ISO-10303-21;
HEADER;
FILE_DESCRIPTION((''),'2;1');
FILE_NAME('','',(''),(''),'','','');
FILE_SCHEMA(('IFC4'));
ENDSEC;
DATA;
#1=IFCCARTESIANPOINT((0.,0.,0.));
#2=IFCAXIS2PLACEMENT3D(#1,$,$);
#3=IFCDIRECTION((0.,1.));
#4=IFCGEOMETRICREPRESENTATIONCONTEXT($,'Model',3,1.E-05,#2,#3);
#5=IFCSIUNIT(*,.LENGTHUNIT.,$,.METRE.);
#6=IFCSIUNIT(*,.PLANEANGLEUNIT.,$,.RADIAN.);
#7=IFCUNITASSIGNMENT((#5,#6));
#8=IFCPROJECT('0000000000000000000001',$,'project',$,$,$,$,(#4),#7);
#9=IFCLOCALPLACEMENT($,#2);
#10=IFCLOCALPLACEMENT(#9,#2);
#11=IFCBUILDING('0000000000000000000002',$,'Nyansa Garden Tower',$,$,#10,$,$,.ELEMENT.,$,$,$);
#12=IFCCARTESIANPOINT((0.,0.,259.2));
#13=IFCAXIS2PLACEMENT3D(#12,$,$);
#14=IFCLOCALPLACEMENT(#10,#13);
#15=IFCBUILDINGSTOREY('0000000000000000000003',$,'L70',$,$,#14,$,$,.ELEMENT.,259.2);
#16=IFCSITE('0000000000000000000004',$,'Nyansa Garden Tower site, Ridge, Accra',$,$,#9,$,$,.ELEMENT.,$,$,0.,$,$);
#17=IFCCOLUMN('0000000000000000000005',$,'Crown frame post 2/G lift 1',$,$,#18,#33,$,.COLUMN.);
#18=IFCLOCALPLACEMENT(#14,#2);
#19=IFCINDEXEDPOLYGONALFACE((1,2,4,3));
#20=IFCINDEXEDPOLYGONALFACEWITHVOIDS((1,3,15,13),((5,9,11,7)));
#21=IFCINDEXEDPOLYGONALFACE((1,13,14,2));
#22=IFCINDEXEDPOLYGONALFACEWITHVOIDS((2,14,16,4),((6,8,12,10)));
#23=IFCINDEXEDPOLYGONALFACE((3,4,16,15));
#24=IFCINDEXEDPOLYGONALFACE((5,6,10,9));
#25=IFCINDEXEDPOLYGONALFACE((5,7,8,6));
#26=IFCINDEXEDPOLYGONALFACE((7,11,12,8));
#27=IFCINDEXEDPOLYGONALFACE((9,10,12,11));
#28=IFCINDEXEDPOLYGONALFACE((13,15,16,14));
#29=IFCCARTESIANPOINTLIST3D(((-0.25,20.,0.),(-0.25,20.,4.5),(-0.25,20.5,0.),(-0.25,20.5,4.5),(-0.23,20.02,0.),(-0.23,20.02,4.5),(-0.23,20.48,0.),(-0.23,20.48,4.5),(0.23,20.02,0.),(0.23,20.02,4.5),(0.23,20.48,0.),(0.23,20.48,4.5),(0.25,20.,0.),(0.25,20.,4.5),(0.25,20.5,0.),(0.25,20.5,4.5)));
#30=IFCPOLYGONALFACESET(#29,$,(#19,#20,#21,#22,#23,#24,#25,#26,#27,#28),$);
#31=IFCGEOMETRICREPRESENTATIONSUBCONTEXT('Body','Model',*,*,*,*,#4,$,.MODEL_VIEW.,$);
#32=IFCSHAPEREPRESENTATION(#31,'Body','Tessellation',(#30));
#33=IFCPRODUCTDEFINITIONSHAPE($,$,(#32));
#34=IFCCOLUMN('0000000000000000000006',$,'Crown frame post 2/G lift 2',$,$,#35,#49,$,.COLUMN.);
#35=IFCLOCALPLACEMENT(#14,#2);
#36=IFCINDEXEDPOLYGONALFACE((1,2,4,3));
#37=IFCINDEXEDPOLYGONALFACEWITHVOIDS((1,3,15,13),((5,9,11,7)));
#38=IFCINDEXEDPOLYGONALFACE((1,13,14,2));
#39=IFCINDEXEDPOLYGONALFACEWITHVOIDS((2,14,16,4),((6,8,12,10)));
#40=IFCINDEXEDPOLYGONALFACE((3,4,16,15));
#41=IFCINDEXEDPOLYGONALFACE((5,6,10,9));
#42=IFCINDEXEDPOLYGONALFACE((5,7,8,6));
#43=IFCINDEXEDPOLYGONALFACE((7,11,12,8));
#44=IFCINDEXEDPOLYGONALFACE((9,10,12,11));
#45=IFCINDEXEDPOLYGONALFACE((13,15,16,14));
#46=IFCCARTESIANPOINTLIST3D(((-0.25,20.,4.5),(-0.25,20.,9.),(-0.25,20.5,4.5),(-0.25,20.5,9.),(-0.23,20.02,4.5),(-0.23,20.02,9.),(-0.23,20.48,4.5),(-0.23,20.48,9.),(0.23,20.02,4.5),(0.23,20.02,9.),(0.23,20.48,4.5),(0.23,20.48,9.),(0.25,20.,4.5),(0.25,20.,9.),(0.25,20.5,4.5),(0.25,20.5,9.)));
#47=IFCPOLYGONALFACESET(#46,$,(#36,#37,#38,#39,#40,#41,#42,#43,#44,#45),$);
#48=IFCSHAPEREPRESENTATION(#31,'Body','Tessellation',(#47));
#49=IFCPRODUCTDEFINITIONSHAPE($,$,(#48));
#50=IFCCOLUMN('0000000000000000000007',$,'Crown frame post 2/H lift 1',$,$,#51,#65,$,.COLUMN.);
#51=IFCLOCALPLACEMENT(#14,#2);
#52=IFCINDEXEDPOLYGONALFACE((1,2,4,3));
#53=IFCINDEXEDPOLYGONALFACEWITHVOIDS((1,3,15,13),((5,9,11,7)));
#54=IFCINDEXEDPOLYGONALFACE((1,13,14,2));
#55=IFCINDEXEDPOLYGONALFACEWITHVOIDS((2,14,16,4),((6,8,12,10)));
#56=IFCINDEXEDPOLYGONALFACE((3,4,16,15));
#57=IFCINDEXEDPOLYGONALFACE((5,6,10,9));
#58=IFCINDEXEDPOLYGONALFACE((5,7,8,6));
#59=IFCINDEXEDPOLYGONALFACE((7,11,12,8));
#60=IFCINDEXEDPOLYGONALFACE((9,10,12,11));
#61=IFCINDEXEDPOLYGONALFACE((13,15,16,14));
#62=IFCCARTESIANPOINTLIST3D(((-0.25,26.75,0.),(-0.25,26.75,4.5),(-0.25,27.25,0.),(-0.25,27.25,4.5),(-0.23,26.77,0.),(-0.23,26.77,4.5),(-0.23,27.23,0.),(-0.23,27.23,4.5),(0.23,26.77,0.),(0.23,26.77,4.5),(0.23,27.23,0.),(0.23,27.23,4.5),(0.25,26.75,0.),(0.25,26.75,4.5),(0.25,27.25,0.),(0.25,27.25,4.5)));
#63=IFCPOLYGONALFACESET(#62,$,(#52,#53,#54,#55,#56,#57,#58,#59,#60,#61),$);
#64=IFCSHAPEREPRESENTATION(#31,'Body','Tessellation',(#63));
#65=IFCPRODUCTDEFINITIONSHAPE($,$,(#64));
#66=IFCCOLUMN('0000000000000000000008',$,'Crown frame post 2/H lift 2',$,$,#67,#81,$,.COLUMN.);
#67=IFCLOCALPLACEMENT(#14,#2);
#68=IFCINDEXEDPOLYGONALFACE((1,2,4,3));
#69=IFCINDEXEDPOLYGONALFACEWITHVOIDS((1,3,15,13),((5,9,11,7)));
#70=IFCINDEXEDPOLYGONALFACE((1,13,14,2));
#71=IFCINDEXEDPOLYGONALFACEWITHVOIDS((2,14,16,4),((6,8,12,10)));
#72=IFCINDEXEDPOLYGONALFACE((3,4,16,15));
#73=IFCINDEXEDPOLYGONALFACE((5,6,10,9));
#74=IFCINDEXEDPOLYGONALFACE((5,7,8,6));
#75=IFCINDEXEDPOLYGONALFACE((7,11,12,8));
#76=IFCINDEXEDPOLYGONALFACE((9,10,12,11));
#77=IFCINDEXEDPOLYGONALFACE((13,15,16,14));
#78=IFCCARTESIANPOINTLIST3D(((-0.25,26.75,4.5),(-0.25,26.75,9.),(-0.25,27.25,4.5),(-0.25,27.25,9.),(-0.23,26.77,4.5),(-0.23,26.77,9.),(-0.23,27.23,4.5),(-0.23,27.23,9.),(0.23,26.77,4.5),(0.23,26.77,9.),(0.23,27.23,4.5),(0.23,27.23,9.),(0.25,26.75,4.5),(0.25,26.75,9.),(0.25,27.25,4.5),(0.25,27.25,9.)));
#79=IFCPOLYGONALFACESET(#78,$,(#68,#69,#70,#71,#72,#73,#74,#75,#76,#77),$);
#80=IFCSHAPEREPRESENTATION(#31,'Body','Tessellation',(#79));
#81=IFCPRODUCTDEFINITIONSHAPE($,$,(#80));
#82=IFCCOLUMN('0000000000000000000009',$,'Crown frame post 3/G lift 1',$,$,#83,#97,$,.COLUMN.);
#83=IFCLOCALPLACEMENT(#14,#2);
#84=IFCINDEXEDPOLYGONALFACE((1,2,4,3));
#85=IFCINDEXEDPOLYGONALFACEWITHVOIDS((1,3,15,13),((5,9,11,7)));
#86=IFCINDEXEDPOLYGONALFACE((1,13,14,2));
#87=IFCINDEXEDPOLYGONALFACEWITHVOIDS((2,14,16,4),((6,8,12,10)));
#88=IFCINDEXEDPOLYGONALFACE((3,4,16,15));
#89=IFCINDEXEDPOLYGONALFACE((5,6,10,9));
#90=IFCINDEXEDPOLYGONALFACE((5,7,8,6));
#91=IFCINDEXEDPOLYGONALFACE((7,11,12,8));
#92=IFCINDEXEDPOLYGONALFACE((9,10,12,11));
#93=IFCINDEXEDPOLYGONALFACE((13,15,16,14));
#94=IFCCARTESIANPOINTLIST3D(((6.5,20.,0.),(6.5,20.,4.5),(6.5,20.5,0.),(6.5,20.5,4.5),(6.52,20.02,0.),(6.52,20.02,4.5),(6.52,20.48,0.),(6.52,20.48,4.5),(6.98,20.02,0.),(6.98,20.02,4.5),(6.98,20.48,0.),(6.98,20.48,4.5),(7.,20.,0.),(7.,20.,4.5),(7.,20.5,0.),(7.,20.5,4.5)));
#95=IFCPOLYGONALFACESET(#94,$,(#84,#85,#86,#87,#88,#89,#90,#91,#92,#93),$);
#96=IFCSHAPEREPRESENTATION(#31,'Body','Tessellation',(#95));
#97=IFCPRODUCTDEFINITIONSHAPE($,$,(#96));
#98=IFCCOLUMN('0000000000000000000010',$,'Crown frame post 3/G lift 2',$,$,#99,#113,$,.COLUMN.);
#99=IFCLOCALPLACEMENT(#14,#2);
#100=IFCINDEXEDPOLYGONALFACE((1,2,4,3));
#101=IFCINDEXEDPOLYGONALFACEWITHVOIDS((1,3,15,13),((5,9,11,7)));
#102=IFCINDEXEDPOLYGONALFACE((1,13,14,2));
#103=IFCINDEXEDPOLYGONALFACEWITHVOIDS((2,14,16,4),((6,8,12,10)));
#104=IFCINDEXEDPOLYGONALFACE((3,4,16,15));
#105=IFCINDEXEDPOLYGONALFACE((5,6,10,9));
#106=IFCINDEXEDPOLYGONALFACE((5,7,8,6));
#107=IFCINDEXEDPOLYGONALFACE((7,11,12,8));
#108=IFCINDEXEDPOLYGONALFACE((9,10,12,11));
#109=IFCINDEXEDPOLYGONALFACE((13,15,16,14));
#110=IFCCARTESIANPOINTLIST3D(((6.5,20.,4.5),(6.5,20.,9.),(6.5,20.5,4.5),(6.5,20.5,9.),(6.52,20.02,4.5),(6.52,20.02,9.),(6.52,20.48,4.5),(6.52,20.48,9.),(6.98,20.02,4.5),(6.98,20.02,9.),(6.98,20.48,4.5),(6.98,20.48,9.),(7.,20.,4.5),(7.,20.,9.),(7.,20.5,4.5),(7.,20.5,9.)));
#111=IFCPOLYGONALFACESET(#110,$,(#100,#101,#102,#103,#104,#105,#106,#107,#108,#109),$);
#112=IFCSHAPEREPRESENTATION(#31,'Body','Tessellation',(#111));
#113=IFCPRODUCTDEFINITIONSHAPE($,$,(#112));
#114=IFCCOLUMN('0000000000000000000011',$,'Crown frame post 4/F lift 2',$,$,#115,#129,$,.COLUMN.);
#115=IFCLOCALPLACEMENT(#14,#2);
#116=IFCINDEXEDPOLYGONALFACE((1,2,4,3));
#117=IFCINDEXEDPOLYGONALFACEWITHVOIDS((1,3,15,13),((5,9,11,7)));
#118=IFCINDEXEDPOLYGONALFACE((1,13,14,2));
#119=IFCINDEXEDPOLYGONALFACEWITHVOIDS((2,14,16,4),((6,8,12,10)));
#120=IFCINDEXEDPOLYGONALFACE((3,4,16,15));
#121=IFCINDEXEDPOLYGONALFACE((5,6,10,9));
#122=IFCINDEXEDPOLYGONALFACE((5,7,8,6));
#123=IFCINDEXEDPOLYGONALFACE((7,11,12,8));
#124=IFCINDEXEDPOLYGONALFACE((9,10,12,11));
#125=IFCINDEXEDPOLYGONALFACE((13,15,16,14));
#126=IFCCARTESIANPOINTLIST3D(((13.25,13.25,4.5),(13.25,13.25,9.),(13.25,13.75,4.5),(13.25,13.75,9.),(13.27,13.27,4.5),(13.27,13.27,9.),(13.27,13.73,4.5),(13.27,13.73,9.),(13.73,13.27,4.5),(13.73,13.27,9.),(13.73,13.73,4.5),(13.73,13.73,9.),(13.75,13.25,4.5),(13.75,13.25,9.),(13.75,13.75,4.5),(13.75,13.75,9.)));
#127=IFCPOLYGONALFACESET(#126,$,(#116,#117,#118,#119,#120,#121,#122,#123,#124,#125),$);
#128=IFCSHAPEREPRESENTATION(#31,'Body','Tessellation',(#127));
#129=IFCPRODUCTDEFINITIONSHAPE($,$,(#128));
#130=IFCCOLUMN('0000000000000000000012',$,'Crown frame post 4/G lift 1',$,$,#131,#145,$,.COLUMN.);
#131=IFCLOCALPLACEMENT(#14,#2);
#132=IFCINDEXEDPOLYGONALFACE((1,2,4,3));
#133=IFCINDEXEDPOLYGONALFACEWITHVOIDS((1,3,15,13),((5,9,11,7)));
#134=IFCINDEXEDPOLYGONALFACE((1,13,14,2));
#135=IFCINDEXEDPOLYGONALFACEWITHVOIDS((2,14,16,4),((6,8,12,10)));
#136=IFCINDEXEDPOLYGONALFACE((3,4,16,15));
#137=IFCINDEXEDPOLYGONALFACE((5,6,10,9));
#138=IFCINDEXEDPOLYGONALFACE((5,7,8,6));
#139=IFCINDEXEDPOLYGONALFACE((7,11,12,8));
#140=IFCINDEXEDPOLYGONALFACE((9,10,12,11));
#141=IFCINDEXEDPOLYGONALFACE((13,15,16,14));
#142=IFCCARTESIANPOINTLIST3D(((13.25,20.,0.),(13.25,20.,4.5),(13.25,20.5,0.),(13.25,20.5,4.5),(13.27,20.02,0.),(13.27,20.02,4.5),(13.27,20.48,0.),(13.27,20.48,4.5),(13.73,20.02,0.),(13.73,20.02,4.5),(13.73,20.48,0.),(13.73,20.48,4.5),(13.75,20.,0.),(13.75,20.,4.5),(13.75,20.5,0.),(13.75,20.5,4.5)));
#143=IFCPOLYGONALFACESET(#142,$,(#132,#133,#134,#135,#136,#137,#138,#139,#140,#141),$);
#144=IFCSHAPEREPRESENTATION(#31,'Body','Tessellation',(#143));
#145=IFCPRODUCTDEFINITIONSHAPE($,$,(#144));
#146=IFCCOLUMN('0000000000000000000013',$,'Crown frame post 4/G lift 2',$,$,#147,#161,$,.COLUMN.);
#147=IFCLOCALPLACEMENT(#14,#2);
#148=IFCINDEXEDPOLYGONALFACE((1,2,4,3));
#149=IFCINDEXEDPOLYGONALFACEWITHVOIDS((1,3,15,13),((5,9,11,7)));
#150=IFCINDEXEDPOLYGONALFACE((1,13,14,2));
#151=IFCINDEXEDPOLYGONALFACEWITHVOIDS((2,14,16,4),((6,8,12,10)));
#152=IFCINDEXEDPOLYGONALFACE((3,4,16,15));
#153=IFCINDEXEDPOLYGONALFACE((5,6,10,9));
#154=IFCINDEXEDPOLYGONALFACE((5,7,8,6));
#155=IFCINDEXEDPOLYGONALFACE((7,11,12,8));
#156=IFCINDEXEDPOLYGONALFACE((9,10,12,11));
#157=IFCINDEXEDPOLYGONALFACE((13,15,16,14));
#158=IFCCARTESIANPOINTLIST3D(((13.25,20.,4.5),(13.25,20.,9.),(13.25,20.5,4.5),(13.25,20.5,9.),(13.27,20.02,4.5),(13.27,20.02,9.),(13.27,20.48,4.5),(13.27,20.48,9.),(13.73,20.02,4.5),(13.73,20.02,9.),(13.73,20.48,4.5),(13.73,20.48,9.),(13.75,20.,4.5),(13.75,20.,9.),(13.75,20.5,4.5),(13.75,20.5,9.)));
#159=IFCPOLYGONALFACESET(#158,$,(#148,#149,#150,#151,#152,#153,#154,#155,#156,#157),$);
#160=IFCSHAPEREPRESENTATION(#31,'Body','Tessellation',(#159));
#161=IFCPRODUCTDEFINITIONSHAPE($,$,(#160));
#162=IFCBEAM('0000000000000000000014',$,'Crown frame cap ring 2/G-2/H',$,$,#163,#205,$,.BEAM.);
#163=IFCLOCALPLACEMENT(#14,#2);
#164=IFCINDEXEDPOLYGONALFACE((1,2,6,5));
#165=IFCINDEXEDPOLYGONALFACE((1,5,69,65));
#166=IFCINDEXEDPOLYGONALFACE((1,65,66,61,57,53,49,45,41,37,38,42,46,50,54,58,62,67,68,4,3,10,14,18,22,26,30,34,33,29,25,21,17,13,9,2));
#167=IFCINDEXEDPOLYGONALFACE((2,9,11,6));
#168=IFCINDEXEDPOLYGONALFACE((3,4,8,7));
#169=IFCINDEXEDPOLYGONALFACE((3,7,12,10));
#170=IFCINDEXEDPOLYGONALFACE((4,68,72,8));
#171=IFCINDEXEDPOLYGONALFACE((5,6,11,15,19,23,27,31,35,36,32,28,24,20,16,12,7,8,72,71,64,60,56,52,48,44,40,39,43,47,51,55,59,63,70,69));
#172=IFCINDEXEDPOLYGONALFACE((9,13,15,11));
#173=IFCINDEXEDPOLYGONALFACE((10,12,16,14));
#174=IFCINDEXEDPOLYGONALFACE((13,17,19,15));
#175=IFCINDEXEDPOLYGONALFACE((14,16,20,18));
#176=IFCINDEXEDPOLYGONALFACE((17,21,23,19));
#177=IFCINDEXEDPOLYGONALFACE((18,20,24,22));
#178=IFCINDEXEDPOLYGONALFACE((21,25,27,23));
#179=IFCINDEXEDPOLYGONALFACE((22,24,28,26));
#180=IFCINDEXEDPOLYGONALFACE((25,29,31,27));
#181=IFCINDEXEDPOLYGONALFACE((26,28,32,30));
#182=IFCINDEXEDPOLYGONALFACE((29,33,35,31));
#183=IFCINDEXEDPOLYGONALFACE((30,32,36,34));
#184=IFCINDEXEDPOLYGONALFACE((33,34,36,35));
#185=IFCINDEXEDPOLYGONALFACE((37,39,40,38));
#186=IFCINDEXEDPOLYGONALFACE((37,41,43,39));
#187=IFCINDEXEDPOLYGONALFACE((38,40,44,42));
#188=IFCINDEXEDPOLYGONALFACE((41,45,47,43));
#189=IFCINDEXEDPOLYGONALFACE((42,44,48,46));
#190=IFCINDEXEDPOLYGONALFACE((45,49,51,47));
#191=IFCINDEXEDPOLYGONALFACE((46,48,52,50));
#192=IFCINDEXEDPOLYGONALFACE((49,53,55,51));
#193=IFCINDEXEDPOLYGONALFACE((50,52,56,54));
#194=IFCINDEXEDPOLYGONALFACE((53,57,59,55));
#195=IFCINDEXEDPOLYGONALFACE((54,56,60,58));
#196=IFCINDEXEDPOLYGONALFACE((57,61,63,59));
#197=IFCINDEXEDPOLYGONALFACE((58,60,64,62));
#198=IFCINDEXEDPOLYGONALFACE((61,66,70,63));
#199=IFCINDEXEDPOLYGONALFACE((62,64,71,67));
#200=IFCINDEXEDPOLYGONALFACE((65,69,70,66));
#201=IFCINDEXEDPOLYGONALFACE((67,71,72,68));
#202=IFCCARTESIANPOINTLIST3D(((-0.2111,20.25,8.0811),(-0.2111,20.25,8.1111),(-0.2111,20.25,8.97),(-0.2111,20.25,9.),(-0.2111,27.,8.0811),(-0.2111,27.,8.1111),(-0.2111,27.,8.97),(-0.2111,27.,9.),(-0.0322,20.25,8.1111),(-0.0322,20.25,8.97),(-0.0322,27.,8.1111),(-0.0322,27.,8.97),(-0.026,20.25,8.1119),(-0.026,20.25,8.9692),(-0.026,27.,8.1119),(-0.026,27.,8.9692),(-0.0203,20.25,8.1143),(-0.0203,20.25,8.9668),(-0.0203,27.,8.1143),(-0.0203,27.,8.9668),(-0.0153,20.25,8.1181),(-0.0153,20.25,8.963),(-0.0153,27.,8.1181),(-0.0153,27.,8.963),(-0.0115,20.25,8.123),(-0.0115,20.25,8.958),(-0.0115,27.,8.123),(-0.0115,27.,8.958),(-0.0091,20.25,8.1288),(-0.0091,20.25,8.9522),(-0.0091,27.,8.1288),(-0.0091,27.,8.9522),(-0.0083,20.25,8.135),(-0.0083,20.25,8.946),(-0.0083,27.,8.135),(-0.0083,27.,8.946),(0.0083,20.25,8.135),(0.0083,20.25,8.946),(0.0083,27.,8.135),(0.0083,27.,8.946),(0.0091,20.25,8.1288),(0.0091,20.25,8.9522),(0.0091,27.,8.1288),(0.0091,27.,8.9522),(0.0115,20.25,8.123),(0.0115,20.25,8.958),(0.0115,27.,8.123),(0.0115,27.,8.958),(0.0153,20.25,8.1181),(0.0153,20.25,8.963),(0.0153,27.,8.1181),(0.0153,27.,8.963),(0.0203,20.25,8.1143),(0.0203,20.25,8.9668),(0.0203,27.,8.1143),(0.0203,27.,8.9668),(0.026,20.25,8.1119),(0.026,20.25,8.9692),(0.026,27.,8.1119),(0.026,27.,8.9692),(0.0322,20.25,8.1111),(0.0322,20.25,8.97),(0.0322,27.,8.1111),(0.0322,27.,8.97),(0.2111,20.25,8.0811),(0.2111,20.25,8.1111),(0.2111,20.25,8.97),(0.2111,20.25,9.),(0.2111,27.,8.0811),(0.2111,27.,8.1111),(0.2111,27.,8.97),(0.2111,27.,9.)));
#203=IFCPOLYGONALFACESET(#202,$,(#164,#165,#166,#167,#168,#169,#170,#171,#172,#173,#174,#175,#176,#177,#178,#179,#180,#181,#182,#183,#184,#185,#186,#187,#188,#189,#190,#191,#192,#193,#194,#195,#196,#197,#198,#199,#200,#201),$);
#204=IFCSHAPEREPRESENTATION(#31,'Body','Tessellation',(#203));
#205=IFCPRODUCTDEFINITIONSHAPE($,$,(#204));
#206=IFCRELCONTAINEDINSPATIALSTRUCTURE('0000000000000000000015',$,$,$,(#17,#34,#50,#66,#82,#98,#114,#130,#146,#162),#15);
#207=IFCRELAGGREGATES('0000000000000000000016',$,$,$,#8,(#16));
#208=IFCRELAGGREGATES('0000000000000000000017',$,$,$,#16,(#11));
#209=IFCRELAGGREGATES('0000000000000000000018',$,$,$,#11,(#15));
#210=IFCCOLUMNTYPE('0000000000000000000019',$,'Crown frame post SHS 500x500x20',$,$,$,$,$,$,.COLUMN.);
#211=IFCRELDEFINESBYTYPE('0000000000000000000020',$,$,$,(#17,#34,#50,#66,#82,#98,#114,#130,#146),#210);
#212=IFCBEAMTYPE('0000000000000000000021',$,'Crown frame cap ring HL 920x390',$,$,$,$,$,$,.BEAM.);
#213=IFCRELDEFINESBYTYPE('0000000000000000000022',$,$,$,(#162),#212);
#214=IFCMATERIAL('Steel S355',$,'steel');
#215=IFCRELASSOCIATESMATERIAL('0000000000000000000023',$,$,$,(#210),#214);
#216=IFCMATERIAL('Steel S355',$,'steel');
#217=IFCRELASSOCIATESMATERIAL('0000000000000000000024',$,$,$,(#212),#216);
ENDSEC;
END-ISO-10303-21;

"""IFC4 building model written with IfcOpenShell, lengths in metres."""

from ifc_helpers import new_model, si_unit, direction, frame, origin, origin_2d, place, context, subcontext, project, spatial, hollow_rectangle, i_section, extrude, material, material_profile, profile_set, type_object, element, save


model = new_model("IFC4")

# Units and contexts
model_context = context("Model", 3, precision=1e-05, world=origin(), true_north=direction((0.0, 1.0)))
body_context = subcontext(model_context, "Body", "Model", "MODEL_VIEW")
ifc_project = project(units=[si_unit("LENGTHUNIT", "METRE"), si_unit("PLANEANGLEUNIT", "RADIAN")], contexts=[model_context])

# Site, building, storey
site_placement = place(None, origin())
site = spatial("IfcSite", under=ifc_project, at=site_placement, Name="Nyansa Garden Tower site, Ridge, Accra", CompositionType="ELEMENT", RefElevation=0.0)
building_placement = place(site_placement, origin())
building = spatial("IfcBuilding", under=site, at=building_placement, Name="Nyansa Garden Tower", CompositionType="ELEMENT")
storey_placement = place(building_placement, frame((0.0, 0.0, 259.2)))
storey = spatial("IfcBuildingStorey", under=building, at=storey_placement, Name="L70", CompositionType="ELEMENT", Elevation=259.2)

# Columns
ifc_material_1 = material(Name="Steel S355", Category="steel")
ifc_material_profile_1 = material_profile(ifc_material_1, hollow_rectangle(XDim=0.5, YDim=0.5, WallThickness=0.02, at=origin_2d()), Name="SHS 500x500x20")
ifc_profile_set_1 = profile_set([ifc_material_profile_1], Name="Steel S355")
column_type = type_object("IfcColumnType", Name="Crown frame post SHS 500x500x20", PredefinedType="COLUMN", material=ifc_profile_set_1)
for number, where, z_axis, x_axis, name in (
    (1, (0.0, 20.25, 0.0), (0.0, 0.0, 1.0), (1.0, 0.0, 0.0), "Crown frame post 2/G lift 1"),
    (2, (0.0, 20.25, 4.5), (0.0, 0.0, 1.0), (1.0, 0.0, 0.0), "Crown frame post 2/G lift 2"),
    (3, (0.0, 27.0, 0.0), (0.0, 0.0, 1.0), (1.0, 0.0, 0.0), "Crown frame post 2/H lift 1"),
    (4, (0.0, 27.0, 4.5), (0.0, 0.0, 1.0), (1.0, 0.0, 0.0), "Crown frame post 2/H lift 2"),
    (5, (6.75, 20.25, 0.0), (0.0, 0.0, 1.0), (1.0, 0.0, 0.0), "Crown frame post 3/G lift 1"),
    (6, (6.75, 20.25, 4.5), (0.0, 0.0, 1.0), (1.0, 0.0, 0.0), "Crown frame post 3/G lift 2"),
    (7, (13.5, 13.5, 4.5), (0.0, 0.0, 1.0), (1.0, 0.0, 0.0), "Crown frame post 4/F lift 2"),
    (8, (13.5, 20.25, 0.0), (0.0, 0.0, 1.0), (1.0, 0.0, 0.0), "Crown frame post 4/G lift 1"),
    (9, (13.5, 20.25, 4.5), (0.0, 0.0, 1.0), (1.0, 0.0, 0.0), "Crown frame post 4/G lift 2"),
):
    element("IfcColumn", number, at=place(storey_placement, frame(where, z_axis=z_axis, x_axis=x_axis)), inside=storey, type_object=column_type, Name=name, PredefinedType="COLUMN", context=body_context, shape_type="SweptSolid", body=[
        extrude(hollow_rectangle(XDim=0.5, YDim=0.5, WallThickness=0.02, at=origin_2d()), origin(), (0.0, 0.0, 1.0), 4.5),
    ])

# Beam
ifc_material_2 = material(Name="Steel S355", Category="steel")
ifc_material_profile_2 = material_profile(ifc_material_2, i_section(OverallWidth=0.4221, OverallDepth=0.9189, WebThickness=0.0166, FlangeThickness=0.03, FilletRadius=0.0239, at=origin_2d()), Name="HL 920x390")
ifc_profile_set_2 = profile_set([ifc_material_profile_2], Name="Steel S355")
beam_type_1 = type_object("IfcBeamType", Name="Crown frame cap ring HL 920x390", PredefinedType="BEAM", material=ifc_profile_set_2)
beam_1_placement = place(storey_placement, frame((0.0, 20.25, 8.5405), z_axis=(0.0, 1.0, 0.0), x_axis=(-1.0, 0.0, 0.0)))
element("IfcBeam", 10, at=beam_1_placement, inside=storey, type_object=beam_type_1, Name="Crown frame cap ring 2/G-2/H", PredefinedType="BEAM", context=body_context, shape_type="SweptSolid", body=[
    extrude(i_section(OverallWidth=0.4221, OverallDepth=0.9189, WebThickness=0.0166, FlangeThickness=0.03, FilletRadius=0.0239, at=origin_2d()), origin(), (0.0, 0.0, 1.0), 6.75),
])

save(model, "model.ifc")
